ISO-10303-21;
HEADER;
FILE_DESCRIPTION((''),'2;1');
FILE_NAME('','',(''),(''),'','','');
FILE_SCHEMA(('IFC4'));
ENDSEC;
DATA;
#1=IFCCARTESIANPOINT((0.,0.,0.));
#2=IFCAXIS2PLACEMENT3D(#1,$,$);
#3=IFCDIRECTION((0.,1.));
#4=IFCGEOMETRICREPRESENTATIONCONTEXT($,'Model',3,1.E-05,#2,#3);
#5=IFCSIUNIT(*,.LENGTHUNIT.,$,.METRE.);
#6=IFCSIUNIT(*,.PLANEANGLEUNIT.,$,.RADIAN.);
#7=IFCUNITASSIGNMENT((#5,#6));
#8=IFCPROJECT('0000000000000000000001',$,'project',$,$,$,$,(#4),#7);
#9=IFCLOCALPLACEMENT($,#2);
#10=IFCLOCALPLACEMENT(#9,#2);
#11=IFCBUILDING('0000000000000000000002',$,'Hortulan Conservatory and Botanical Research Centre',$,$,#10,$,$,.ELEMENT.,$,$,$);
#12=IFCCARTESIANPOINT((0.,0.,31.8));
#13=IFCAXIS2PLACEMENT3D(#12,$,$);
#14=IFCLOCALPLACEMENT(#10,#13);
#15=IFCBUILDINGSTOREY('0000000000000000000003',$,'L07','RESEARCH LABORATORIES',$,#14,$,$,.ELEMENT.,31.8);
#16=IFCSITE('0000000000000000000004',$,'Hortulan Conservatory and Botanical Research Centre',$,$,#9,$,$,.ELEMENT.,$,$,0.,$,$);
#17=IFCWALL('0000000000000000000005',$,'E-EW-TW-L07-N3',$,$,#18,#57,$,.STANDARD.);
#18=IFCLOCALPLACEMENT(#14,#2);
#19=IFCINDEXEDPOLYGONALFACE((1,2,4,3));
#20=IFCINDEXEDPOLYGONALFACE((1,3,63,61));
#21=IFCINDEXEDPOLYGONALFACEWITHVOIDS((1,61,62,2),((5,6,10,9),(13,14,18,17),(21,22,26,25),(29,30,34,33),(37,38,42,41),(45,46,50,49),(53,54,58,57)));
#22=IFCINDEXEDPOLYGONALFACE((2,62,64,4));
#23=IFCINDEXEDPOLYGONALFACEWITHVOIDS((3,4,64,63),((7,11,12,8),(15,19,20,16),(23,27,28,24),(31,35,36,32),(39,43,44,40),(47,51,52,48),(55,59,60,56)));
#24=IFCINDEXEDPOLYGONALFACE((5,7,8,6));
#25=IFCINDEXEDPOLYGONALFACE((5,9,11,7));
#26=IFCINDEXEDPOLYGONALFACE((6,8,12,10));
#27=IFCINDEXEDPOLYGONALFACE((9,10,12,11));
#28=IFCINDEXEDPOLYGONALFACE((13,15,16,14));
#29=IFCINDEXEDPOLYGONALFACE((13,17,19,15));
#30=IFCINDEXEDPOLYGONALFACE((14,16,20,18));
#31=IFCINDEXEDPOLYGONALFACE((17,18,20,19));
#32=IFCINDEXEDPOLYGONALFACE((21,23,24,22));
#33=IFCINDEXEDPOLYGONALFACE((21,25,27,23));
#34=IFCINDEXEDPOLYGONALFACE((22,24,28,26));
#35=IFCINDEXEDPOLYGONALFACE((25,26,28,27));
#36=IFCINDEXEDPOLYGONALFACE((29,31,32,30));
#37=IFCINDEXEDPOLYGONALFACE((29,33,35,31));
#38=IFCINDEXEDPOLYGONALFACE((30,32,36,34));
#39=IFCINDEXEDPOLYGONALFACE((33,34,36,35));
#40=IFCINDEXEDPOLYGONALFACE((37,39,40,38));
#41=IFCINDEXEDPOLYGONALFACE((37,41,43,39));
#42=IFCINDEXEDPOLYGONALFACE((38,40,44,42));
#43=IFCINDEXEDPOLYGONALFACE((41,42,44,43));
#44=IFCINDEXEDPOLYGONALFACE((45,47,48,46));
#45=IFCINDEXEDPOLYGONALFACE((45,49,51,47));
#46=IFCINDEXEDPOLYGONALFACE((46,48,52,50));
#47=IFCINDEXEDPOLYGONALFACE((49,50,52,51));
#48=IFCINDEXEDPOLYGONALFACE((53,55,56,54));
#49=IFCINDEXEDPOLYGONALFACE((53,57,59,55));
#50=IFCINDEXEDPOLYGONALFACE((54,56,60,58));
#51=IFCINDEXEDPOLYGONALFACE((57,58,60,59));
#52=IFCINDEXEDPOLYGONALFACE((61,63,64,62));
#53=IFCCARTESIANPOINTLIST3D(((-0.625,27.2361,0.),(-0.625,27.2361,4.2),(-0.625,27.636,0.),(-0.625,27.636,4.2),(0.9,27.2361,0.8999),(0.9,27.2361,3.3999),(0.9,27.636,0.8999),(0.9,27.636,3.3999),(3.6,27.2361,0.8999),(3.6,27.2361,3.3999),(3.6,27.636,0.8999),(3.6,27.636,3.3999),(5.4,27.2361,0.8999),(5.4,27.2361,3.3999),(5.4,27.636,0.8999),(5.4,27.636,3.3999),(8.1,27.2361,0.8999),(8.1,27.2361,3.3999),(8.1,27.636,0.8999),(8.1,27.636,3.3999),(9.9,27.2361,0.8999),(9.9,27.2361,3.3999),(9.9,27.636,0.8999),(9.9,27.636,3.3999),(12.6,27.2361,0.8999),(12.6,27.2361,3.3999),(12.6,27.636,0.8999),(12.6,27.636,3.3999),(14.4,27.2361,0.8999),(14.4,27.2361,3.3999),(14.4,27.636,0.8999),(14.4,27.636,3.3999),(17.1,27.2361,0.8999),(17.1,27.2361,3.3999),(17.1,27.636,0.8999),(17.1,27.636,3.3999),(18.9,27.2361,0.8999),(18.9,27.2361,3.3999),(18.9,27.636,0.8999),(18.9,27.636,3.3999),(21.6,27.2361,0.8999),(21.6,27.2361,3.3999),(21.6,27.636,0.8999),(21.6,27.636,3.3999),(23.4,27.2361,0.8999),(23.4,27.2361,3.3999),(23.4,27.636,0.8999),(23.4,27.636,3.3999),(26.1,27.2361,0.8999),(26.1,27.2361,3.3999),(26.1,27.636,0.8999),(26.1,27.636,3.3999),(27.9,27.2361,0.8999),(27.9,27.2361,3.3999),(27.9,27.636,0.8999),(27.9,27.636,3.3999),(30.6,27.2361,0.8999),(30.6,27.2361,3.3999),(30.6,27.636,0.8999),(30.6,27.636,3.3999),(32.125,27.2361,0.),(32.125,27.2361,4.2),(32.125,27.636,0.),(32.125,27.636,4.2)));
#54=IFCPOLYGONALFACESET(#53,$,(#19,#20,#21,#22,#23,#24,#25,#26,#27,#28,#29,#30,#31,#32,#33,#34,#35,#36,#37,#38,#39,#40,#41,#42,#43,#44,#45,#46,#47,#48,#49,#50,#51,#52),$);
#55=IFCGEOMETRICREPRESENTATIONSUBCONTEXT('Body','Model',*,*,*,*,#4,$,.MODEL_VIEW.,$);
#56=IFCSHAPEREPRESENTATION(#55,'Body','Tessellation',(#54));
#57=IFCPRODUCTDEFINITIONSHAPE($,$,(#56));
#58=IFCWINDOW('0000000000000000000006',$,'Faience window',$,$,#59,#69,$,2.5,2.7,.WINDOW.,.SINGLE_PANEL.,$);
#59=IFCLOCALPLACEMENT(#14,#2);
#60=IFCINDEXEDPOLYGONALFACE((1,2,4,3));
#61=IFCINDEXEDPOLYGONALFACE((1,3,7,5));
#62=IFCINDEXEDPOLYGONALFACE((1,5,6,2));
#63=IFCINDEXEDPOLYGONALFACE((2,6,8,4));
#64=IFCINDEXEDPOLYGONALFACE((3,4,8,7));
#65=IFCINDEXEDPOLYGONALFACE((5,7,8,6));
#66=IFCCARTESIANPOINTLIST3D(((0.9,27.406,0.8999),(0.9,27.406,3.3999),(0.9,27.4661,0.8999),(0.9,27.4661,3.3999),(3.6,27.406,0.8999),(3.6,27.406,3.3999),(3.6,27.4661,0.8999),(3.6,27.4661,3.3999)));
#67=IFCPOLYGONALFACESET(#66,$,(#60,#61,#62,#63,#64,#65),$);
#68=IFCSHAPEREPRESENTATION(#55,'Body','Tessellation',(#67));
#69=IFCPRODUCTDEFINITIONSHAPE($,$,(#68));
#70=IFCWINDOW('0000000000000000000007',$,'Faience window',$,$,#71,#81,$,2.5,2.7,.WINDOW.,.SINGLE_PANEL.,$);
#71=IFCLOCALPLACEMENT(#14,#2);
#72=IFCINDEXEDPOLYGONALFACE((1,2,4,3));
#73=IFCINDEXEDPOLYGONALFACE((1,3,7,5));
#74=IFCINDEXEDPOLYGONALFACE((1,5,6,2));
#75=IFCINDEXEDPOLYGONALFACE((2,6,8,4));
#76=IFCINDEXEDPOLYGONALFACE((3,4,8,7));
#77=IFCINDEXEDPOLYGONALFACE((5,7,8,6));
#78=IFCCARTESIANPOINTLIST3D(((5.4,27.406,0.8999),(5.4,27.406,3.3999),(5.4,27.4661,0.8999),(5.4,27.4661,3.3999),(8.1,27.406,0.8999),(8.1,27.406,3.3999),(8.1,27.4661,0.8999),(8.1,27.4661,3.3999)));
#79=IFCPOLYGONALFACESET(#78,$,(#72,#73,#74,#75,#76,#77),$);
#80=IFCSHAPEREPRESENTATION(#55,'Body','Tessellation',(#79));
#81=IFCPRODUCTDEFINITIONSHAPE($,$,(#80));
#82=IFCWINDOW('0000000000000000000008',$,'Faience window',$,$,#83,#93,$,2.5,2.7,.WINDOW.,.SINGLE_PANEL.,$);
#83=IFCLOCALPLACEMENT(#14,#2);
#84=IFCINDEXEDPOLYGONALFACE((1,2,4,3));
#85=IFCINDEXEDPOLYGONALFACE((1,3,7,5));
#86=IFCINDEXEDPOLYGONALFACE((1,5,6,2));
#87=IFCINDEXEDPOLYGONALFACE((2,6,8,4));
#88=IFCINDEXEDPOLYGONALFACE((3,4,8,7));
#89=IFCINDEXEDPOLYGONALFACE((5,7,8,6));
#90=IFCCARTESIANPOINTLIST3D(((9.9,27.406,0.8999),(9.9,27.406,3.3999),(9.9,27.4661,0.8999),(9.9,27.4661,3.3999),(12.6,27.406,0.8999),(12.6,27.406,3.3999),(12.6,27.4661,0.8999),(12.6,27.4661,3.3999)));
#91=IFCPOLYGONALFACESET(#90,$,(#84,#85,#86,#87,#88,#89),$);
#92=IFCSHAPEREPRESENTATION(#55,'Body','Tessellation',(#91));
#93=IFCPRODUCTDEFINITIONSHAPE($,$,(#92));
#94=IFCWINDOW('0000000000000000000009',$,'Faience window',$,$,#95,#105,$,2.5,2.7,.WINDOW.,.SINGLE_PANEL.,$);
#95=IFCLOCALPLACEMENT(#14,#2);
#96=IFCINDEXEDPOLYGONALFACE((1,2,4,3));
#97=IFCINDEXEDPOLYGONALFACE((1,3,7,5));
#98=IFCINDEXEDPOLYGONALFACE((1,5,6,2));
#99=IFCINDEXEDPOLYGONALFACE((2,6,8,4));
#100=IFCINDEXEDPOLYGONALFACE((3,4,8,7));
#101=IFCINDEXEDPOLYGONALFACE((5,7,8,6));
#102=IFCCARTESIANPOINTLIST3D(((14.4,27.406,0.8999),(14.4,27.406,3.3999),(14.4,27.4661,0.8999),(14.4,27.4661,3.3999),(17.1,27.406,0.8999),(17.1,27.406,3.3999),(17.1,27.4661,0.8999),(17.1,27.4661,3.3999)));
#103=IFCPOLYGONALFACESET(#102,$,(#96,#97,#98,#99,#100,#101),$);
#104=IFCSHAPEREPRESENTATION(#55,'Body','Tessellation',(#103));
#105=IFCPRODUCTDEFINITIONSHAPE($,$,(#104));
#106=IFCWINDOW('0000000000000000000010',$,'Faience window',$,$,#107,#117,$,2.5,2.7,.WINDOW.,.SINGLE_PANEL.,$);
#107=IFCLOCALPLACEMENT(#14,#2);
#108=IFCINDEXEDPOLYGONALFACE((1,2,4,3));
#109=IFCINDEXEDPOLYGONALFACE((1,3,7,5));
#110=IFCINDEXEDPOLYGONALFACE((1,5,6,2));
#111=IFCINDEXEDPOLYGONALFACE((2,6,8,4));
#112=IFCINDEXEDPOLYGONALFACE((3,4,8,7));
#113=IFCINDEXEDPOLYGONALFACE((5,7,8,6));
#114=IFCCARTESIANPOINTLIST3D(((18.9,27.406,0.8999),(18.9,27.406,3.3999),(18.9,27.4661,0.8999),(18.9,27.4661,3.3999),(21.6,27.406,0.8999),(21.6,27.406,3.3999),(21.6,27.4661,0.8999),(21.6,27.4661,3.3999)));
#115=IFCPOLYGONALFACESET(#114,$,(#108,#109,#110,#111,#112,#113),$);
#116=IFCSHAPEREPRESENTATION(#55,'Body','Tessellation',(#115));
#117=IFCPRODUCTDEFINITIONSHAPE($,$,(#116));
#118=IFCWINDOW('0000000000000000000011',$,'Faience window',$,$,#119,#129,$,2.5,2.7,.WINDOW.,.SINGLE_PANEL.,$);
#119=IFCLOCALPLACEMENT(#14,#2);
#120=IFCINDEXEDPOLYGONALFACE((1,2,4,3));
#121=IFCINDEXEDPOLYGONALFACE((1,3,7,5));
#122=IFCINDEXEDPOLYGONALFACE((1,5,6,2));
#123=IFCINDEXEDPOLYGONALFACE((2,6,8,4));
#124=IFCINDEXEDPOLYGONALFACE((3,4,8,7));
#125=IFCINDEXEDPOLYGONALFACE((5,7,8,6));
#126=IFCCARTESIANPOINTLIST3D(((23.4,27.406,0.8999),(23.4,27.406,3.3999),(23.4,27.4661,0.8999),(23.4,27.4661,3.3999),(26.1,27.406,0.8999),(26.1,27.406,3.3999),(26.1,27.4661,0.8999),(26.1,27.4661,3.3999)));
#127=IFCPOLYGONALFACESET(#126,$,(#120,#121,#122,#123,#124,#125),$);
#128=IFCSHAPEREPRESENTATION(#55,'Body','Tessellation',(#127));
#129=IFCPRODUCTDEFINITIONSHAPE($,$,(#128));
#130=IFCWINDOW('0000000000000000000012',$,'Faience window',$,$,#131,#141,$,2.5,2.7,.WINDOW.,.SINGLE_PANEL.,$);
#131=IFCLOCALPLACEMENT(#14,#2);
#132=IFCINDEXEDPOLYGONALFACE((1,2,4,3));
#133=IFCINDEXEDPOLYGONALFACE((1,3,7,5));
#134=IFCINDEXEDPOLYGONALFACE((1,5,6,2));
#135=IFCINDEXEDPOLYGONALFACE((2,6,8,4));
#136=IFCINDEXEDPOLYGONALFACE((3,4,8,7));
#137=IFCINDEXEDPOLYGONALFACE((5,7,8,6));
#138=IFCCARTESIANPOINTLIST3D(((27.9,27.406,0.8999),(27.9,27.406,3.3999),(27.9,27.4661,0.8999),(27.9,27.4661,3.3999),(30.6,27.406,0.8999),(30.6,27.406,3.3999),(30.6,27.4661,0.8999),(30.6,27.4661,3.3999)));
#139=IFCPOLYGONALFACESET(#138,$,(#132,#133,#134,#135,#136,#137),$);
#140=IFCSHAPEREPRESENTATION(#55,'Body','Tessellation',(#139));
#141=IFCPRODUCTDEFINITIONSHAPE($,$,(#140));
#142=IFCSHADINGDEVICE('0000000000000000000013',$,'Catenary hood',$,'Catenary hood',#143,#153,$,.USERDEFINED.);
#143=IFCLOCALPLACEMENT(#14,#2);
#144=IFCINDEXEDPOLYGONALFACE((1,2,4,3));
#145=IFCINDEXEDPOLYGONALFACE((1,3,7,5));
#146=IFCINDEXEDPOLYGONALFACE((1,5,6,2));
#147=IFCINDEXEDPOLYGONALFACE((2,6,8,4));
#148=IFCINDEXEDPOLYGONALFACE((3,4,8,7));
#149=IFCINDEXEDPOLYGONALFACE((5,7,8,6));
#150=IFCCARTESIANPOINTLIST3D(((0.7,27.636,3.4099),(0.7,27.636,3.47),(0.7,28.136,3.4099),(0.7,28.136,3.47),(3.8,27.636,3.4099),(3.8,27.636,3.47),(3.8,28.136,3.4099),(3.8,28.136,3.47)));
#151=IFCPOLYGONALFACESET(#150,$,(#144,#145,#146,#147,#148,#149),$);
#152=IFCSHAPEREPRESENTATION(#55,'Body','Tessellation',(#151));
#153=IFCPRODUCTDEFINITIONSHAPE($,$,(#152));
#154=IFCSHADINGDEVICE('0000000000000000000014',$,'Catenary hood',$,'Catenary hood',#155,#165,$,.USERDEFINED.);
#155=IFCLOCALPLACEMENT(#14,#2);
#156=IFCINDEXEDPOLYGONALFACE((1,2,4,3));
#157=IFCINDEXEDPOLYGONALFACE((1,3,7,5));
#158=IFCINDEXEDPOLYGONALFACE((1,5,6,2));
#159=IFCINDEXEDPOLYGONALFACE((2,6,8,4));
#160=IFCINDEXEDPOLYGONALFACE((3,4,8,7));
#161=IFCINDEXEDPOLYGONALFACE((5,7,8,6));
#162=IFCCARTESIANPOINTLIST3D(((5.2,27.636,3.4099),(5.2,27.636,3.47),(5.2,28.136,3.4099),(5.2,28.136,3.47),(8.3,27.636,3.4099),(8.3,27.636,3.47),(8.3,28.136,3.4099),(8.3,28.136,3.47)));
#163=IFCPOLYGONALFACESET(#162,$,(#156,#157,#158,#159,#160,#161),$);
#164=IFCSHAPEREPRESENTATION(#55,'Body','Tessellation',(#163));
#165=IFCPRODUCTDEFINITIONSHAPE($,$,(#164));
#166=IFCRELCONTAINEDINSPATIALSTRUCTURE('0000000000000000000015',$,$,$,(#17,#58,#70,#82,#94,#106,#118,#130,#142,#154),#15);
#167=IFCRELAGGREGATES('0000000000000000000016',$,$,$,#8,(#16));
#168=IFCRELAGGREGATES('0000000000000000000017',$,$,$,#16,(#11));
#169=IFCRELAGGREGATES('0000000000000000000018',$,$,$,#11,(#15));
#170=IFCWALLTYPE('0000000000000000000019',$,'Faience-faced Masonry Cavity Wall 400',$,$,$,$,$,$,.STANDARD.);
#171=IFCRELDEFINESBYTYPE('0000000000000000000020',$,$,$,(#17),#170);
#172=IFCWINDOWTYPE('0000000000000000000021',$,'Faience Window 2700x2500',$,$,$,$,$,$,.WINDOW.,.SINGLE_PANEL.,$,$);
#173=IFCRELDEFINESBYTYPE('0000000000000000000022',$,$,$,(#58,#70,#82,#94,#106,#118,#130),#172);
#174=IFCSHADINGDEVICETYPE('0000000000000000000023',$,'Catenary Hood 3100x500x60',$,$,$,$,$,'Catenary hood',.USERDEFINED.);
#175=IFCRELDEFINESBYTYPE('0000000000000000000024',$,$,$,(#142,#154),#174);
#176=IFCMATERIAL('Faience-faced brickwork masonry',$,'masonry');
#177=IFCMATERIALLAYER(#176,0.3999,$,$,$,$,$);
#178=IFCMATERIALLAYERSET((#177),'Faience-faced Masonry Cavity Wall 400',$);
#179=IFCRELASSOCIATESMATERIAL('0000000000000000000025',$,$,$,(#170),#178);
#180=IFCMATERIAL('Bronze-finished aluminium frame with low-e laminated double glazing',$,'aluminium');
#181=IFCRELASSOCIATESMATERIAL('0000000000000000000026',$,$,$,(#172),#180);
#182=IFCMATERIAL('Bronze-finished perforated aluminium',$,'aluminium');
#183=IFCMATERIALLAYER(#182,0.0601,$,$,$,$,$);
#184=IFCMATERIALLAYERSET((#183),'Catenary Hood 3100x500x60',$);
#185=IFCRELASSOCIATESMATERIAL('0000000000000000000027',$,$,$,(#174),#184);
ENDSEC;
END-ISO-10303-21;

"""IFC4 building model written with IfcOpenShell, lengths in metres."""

from ifc_helpers import new_model, si_unit, direction, frame, frame_2d, origin, origin_2d, place, context, subcontext, project, spatial, rectangle, extrude, material, layer, layer_set, type_object, element, fill, save


model = new_model("IFC4")

# Units and contexts
model_context = context("Model", 3, precision=1e-05, world=origin(), true_north=direction((0.0, 1.0)))
body_context = subcontext(model_context, "Body", "Model", "MODEL_VIEW")
ifc_project = project(units=[si_unit("LENGTHUNIT", "METRE"), si_unit("PLANEANGLEUNIT", "RADIAN")], contexts=[model_context])

# Site, building, storey
site_placement = place(None, origin())
site = spatial("IfcSite", under=ifc_project, at=site_placement, Name="Hortulan Conservatory and Botanical Research Centre", CompositionType="ELEMENT", RefElevation=0.0)
building_placement = place(site_placement, origin())
building = spatial("IfcBuilding", under=site, at=building_placement, Name="Hortulan Conservatory and Botanical Research Centre", CompositionType="ELEMENT")
storey_placement = place(building_placement, frame((0.0, 0.0, 31.8)))
storey = spatial("IfcBuildingStorey", under=building, at=storey_placement, Name="L07", Description="RESEARCH LABORATORIES", CompositionType="ELEMENT", Elevation=31.8)

# Wall, openings, windows
ifc_material_1 = material(Name="Faience-faced brickwork masonry", Category="masonry")
ifc_layer_1 = layer(ifc_material_1, 0.3999)
ifc_layer_set_1 = layer_set([ifc_layer_1], Name="Faience-faced Masonry Cavity Wall 400")
wall_type = type_object("IfcWallType", Name="Faience-faced Masonry Cavity Wall 400", PredefinedType="STANDARD", material=ifc_layer_set_1)
wall_placement = place(storey_placement, frame((-0.625, 27.436, 0.0), z_axis=(0.0, 0.0, 1.0), x_axis=(1.0, 0.0, 0.0)))
wall = element("IfcWall", 1, at=wall_placement, inside=storey, type_object=wall_type, Name="E-EW-TW-L07-N3", PredefinedType="STANDARD", context=body_context, shape_type="SweptSolid", body=[
    extrude(rectangle(XDim=32.75, YDim=0.3999, at=frame_2d((16.375, 0.0))), origin(), (0.0, 0.0, 1.0), 4.2),
])
opening_1_placement = place(wall_placement, frame((1.5249, 0.0, 0.8999)))
opening_1 = element("IfcOpeningElement", 2, at=opening_1_placement, cuts=wall, PredefinedType="OPENING", context=body_context, shape_type="SweptSolid", body=[
    extrude(rectangle(XDim=2.7, YDim=2.5, at=frame_2d((1.3501, 1.25))), frame((0.0, 0.21, 0.0), z_axis=(0.0, -1.0, 0.0), x_axis=(1.0, 0.0, 0.0)), (0.0, 0.0, 1.0), 0.4199),
])
opening_2_placement = place(wall_placement, frame((6.0249, 0.0, 0.8999)))
opening_2 = element("IfcOpeningElement", 3, at=opening_2_placement, cuts=wall, PredefinedType="OPENING", context=body_context, shape_type="SweptSolid", body=[
    extrude(rectangle(XDim=2.7, YDim=2.5, at=frame_2d((1.3501, 1.25))), frame((0.0, 0.21, 0.0), z_axis=(0.0, -1.0, 0.0), x_axis=(1.0, 0.0, 0.0)), (0.0, 0.0, 1.0), 0.4199),
])
opening_3_placement = place(wall_placement, frame((10.5249, 0.0, 0.8999)))
opening_3 = element("IfcOpeningElement", 4, at=opening_3_placement, cuts=wall, PredefinedType="OPENING", context=body_context, shape_type="SweptSolid", body=[
    extrude(rectangle(XDim=2.7, YDim=2.5, at=frame_2d((1.3501, 1.25))), frame((0.0, 0.21, 0.0), z_axis=(0.0, -1.0, 0.0), x_axis=(1.0, 0.0, 0.0)), (0.0, 0.0, 1.0), 0.4199),
])
opening_4_placement = place(wall_placement, frame((15.0249, 0.0, 0.8999)))
opening_4 = element("IfcOpeningElement", 5, at=opening_4_placement, cuts=wall, PredefinedType="OPENING", context=body_context, shape_type="SweptSolid", body=[
    extrude(rectangle(XDim=2.7, YDim=2.5, at=frame_2d((1.3501, 1.25))), frame((0.0, 0.21, 0.0), z_axis=(0.0, -1.0, 0.0), x_axis=(1.0, 0.0, 0.0)), (0.0, 0.0, 1.0), 0.4199),
])
opening_5_placement = place(wall_placement, frame((19.5249, 0.0, 0.8999)))
opening_5 = element("IfcOpeningElement", 6, at=opening_5_placement, cuts=wall, PredefinedType="OPENING", context=body_context, shape_type="SweptSolid", body=[
    extrude(rectangle(XDim=2.7, YDim=2.5, at=frame_2d((1.3501, 1.25))), frame((0.0, 0.21, 0.0), z_axis=(0.0, -1.0, 0.0), x_axis=(1.0, 0.0, 0.0)), (0.0, 0.0, 1.0), 0.4199),
])
opening_6_placement = place(wall_placement, frame((24.0249, 0.0, 0.8999)))
opening_6 = element("IfcOpeningElement", 7, at=opening_6_placement, cuts=wall, PredefinedType="OPENING", context=body_context, shape_type="SweptSolid", body=[
    extrude(rectangle(XDim=2.7, YDim=2.5, at=frame_2d((1.3501, 1.25))), frame((0.0, 0.21, 0.0), z_axis=(0.0, -1.0, 0.0), x_axis=(1.0, 0.0, 0.0)), (0.0, 0.0, 1.0), 0.4199),
])
opening_7_placement = place(wall_placement, frame((28.5249, 0.0, 0.8999)))
opening_7 = element("IfcOpeningElement", 8, at=opening_7_placement, cuts=wall, PredefinedType="OPENING", context=body_context, shape_type="SweptSolid", body=[
    extrude(rectangle(XDim=2.7, YDim=2.5, at=frame_2d((1.3501, 1.25))), frame((0.0, 0.21, 0.0), z_axis=(0.0, -1.0, 0.0), x_axis=(1.0, 0.0, 0.0)), (0.0, 0.0, 1.0), 0.4199),
])
ifc_material_2 = material(Name="Bronze-finished aluminium frame with low-e laminated double glazing", Category="aluminium")
window_type = type_object("IfcWindowType", Name="Faience Window 2700x2500", PartitioningType="SINGLE_PANEL", PredefinedType="WINDOW", material=ifc_material_2)
window_1_placement = place(opening_1_placement, origin())
window_1 = element("IfcWindow", 9, at=window_1_placement, inside=storey, type_object=window_type, Name="Faience window", OverallHeight=2.5, OverallWidth=2.7, PartitioningType="SINGLE_PANEL", PredefinedType="WINDOW", context=body_context, shape_type="SweptSolid", body=[
    extrude(rectangle(XDim=2.7, YDim=2.5, at=frame_2d((1.3501, 1.25))), frame((0.0, 0.03, 0.0), z_axis=(0.0, -1.0, 0.0), x_axis=(1.0, 0.0, 0.0)), (0.0, 0.0, 1.0), 0.0601),
])
fill(opening_1, window_1)
window_2_placement = place(opening_2_placement, origin())
window_2 = element("IfcWindow", 10, at=window_2_placement, inside=storey, type_object=window_type, Name="Faience window", OverallHeight=2.5, OverallWidth=2.7, PartitioningType="SINGLE_PANEL", PredefinedType="WINDOW", context=body_context, shape_type="SweptSolid", body=[
    extrude(rectangle(XDim=2.7, YDim=2.5, at=frame_2d((1.3501, 1.25))), frame((0.0, 0.03, 0.0), z_axis=(0.0, -1.0, 0.0), x_axis=(1.0, 0.0, 0.0)), (0.0, 0.0, 1.0), 0.0601),
])
fill(opening_2, window_2)
window_3_placement = place(opening_3_placement, origin())
window_3 = element("IfcWindow", 11, at=window_3_placement, inside=storey, type_object=window_type, Name="Faience window", OverallHeight=2.5, OverallWidth=2.7, PartitioningType="SINGLE_PANEL", PredefinedType="WINDOW", context=body_context, shape_type="SweptSolid", body=[
    extrude(rectangle(XDim=2.7, YDim=2.5, at=frame_2d((1.3501, 1.25))), frame((0.0, 0.03, 0.0), z_axis=(0.0, -1.0, 0.0), x_axis=(1.0, 0.0, 0.0)), (0.0, 0.0, 1.0), 0.0601),
])
fill(opening_3, window_3)
window_4_placement = place(opening_4_placement, origin())
window_4 = element("IfcWindow", 12, at=window_4_placement, inside=storey, type_object=window_type, Name="Faience window", OverallHeight=2.5, OverallWidth=2.7, PartitioningType="SINGLE_PANEL", PredefinedType="WINDOW", context=body_context, shape_type="SweptSolid", body=[
    extrude(rectangle(XDim=2.7, YDim=2.5, at=frame_2d((1.3501, 1.25))), frame((0.0, 0.03, 0.0), z_axis=(0.0, -1.0, 0.0), x_axis=(1.0, 0.0, 0.0)), (0.0, 0.0, 1.0), 0.0601),
])
fill(opening_4, window_4)
window_5_placement = place(opening_5_placement, origin())
window_5 = element("IfcWindow", 13, at=window_5_placement, inside=storey, type_object=window_type, Name="Faience window", OverallHeight=2.5, OverallWidth=2.7, PartitioningType="SINGLE_PANEL", PredefinedType="WINDOW", context=body_context, shape_type="SweptSolid", body=[
    extrude(rectangle(XDim=2.7, YDim=2.5, at=frame_2d((1.3501, 1.25))), frame((0.0, 0.03, 0.0), z_axis=(0.0, -1.0, 0.0), x_axis=(1.0, 0.0, 0.0)), (0.0, 0.0, 1.0), 0.0601),
])
fill(opening_5, window_5)
window_6_placement = place(opening_6_placement, origin())
window_6 = element("IfcWindow", 14, at=window_6_placement, inside=storey, type_object=window_type, Name="Faience window", OverallHeight=2.5, OverallWidth=2.7, PartitioningType="SINGLE_PANEL", PredefinedType="WINDOW", context=body_context, shape_type="SweptSolid", body=[
    extrude(rectangle(XDim=2.7, YDim=2.5, at=frame_2d((1.3501, 1.25))), frame((0.0, 0.03, 0.0), z_axis=(0.0, -1.0, 0.0), x_axis=(1.0, 0.0, 0.0)), (0.0, 0.0, 1.0), 0.0601),
])
fill(opening_6, window_6)
window_7_placement = place(opening_7_placement, origin())
window_7 = element("IfcWindow", 15, at=window_7_placement, inside=storey, type_object=window_type, Name="Faience window", OverallHeight=2.5, OverallWidth=2.7, PartitioningType="SINGLE_PANEL", PredefinedType="WINDOW", context=body_context, shape_type="SweptSolid", body=[
    extrude(rectangle(XDim=2.7, YDim=2.5, at=frame_2d((1.3501, 1.25))), frame((0.0, 0.03, 0.0), z_axis=(0.0, -1.0, 0.0), x_axis=(1.0, 0.0, 0.0)), (0.0, 0.0, 1.0), 0.0601),
])
fill(opening_7, window_7)

# Shading devices
ifc_material_3 = material(Name="Bronze-finished perforated aluminium", Category="aluminium")
ifc_layer_2 = layer(ifc_material_3, 0.0601)
ifc_layer_set_2 = layer_set([ifc_layer_2], Name="Catenary Hood 3100x500x60")
shading_device_type = type_object("IfcShadingDeviceType", Name="Catenary Hood 3100x500x60", ElementType="Catenary hood", PredefinedType="USERDEFINED", material=ifc_layer_set_2)
for number, where, z_axis, x_axis, name in (
    (16, (2.25, 27.886, 3.4099), (0.0, 0.0, 1.0), (1.0, 0.0, 0.0), "Catenary hood"),
    (17, (6.75, 27.886, 3.4099), (0.0, 0.0, 1.0), (1.0, 0.0, 0.0), "Catenary hood"),
):
    element("IfcShadingDevice", number, at=place(storey_placement, frame(where, z_axis=z_axis, x_axis=x_axis)), inside=storey, type_object=shading_device_type, Name=name, ObjectType="Catenary hood", PredefinedType="USERDEFINED", context=body_context, shape_type="SweptSolid", body=[
        extrude(rectangle(XDim=3.1001, YDim=0.5, at=origin_2d()), origin(), (0.0, 0.0, 1.0), 0.0601),
    ])

save(model, "model.ifc")
